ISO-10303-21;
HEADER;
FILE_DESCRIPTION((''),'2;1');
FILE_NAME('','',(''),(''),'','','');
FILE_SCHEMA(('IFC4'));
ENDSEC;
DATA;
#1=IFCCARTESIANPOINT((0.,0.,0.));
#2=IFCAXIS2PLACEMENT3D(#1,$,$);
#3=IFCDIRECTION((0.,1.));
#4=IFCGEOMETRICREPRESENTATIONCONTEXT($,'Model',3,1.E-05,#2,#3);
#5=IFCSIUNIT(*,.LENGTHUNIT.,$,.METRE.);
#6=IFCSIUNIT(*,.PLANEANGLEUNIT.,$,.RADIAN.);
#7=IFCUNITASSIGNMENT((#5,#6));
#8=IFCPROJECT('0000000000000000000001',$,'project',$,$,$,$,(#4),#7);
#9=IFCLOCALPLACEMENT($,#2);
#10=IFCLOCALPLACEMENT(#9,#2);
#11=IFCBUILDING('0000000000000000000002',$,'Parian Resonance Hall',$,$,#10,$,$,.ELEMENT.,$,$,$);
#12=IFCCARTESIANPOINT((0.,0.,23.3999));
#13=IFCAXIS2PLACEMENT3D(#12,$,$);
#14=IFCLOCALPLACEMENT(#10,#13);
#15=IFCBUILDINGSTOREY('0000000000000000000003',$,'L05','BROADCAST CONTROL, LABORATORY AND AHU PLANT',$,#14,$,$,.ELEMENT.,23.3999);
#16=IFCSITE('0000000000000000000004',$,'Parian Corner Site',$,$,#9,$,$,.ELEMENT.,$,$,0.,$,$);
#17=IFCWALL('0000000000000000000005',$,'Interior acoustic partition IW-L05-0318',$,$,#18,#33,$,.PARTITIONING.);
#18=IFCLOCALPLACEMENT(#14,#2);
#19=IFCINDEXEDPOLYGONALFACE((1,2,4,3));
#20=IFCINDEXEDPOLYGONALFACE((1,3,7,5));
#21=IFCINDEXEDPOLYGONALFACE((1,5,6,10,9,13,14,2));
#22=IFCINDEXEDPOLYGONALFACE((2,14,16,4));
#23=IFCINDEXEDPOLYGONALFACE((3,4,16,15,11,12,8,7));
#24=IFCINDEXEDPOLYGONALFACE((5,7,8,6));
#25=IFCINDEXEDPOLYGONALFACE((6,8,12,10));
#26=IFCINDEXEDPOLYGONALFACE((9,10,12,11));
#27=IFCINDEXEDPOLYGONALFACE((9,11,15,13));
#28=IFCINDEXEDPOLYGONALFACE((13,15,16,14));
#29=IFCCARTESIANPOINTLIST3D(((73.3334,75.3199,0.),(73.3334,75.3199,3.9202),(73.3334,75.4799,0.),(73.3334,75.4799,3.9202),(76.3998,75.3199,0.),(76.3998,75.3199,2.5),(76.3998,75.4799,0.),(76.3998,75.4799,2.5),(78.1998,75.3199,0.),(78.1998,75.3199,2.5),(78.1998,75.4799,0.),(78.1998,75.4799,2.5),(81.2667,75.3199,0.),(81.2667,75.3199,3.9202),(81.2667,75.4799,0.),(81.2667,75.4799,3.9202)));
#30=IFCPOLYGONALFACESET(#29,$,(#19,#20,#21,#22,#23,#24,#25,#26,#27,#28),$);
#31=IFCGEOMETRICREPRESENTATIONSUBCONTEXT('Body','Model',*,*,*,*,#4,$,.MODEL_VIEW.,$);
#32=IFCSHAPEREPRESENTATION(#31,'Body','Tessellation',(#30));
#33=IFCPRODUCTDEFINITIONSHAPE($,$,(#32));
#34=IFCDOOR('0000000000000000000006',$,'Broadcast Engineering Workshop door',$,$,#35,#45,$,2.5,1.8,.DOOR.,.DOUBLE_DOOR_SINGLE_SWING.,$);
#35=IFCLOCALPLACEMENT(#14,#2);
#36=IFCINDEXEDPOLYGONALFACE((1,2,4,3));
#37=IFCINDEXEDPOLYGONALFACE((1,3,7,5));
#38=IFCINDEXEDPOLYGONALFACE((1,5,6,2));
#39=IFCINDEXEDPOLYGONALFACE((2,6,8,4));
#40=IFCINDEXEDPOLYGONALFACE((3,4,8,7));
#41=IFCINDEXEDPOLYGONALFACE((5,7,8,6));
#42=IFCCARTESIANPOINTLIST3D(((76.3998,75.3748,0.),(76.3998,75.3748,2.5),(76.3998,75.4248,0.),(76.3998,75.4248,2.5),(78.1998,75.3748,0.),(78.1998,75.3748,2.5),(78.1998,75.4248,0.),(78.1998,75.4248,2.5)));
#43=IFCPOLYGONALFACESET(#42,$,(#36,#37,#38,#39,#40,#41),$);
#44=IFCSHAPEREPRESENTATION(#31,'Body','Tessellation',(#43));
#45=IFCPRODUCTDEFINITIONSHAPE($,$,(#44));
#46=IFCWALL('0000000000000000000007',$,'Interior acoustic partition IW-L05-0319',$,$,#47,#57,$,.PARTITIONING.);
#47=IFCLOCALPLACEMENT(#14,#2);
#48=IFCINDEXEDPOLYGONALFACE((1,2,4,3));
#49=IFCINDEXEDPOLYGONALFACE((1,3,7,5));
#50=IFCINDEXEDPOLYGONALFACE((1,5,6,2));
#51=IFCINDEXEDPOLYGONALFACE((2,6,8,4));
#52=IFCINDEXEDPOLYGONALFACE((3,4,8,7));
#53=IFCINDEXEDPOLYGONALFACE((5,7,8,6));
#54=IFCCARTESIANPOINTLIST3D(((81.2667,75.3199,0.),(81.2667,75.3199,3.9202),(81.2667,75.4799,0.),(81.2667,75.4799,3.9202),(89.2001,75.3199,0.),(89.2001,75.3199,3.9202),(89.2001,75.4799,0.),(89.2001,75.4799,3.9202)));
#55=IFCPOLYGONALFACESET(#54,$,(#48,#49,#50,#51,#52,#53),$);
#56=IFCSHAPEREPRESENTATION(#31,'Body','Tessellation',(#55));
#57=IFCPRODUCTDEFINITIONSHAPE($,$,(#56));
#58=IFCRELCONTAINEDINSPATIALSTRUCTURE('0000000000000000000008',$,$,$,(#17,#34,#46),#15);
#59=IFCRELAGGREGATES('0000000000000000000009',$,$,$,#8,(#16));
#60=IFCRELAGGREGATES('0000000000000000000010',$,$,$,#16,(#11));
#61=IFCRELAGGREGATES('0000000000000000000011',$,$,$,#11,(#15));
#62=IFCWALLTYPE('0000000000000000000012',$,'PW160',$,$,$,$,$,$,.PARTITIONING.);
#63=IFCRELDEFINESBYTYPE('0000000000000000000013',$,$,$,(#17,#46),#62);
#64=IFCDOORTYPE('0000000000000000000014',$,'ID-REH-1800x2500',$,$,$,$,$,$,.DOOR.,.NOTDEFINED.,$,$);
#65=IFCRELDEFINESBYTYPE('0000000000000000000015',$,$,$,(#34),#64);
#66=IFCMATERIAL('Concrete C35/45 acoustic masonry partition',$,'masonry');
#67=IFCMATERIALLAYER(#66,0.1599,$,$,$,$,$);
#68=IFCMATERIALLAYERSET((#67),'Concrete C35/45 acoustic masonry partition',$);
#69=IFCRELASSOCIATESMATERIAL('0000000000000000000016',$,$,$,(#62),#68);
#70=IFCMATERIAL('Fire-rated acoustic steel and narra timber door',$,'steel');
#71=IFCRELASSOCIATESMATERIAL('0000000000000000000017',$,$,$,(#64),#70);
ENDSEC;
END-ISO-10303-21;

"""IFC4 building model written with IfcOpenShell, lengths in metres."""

from ifc_helpers import new_model, si_unit, direction, frame, frame_2d, origin, place, context, subcontext, project, spatial, rectangle, extrude, material, layer, layer_set, type_object, element, fill, save


model = new_model("IFC4")

# Units and contexts
model_context = context("Model", 3, precision=1e-05, world=origin(), true_north=direction((0.0, 1.0)))
body_context = subcontext(model_context, "Body", "Model", "MODEL_VIEW")
ifc_project = project(units=[si_unit("LENGTHUNIT", "METRE"), si_unit("PLANEANGLEUNIT", "RADIAN")], contexts=[model_context])

# Site, building, storey
site_placement = place(None, origin())
site = spatial("IfcSite", under=ifc_project, at=site_placement, Name="Parian Corner Site", CompositionType="ELEMENT", RefElevation=0.0)
building_placement = place(site_placement, origin())
building = spatial("IfcBuilding", under=site, at=building_placement, Name="Parian Resonance Hall", CompositionType="ELEMENT")
storey_placement = place(building_placement, frame((0.0, 0.0, 23.3999)))
storey = spatial("IfcBuildingStorey", under=building, at=storey_placement, Name="L05", Description="BROADCAST CONTROL, LABORATORY AND AHU PLANT", CompositionType="ELEMENT", Elevation=23.3999)

# Shared definitions
ifc_material_1 = material(Name="Concrete C35/45 acoustic masonry partition", Category="masonry")
ifc_layer_1 = layer(ifc_material_1, 0.1599)
ifc_layer_set_1 = layer_set([ifc_layer_1], Name="Concrete C35/45 acoustic masonry partition")
wall_type_1 = type_object("IfcWallType", Name="PW160", PredefinedType="PARTITIONING", material=ifc_layer_set_1)

# Wall, opening, door
wall_1_placement = place(storey_placement, frame((73.3333, 75.3999, 0.0), z_axis=(0.0, 0.0, 1.0), x_axis=(1.0, 0.0, 0.0)))
wall_1 = element("IfcWall", 1, at=wall_1_placement, inside=storey, type_object=wall_type_1, Name="Interior acoustic partition IW-L05-0318", PredefinedType="PARTITIONING", context=body_context, shape_type="SweptSolid", body=[
    extrude(rectangle(XDim=7.9333, YDim=0.1599, at=frame_2d((3.9668, 0.0))), origin(), (0.0, 0.0, 1.0), 3.9202),
])
opening_1_placement = place(wall_1_placement, frame((3.0667, 0.0, 0.0)))
opening_1 = element("IfcOpeningElement", 2, at=opening_1_placement, cuts=wall_1, PredefinedType="OPENING", context=body_context, shape_type="SweptSolid", body=[
    extrude(rectangle(XDim=1.8, YDim=2.5, at=frame_2d((0.8999, 1.25))), frame((0.0, 0.0898, 0.0), z_axis=(0.0, -1.0, 0.0), x_axis=(1.0, 0.0, 0.0)), (0.0, 0.0, 1.0), 0.1799),
])
ifc_material_2 = material(Name="Fire-rated acoustic steel and narra timber door", Category="steel")
door_type = type_object("IfcDoorType", Name="ID-REH-1800x2500", OperationType="NOTDEFINED", PredefinedType="DOOR", material=ifc_material_2)
door_placement = place(opening_1_placement, origin())
door = element("IfcDoor", 3, at=door_placement, inside=storey, type_object=door_type, Name="Broadcast Engineering Workshop door", OperationType="DOUBLE_DOOR_SINGLE_SWING", OverallHeight=2.5, OverallWidth=1.8, PredefinedType="DOOR", context=body_context, shape_type="SweptSolid", body=[
    extrude(rectangle(XDim=1.8, YDim=2.5, at=frame_2d((0.8999, 1.25))), frame((0.0, 0.0249, 0.0), z_axis=(0.0, -1.0, 0.0), x_axis=(1.0, 0.0, 0.0)), (0.0, 0.0, 1.0), 0.05),
])
fill(opening_1, door)

# Wall
wall_2_placement = place(storey_placement, frame((81.2666, 75.3999, 0.0), z_axis=(0.0, 0.0, 1.0), x_axis=(1.0, 0.0, 0.0)))
element("IfcWall", 4, at=wall_2_placement, inside=storey, type_object=wall_type_1, Name="Interior acoustic partition IW-L05-0319", PredefinedType="PARTITIONING", context=body_context, shape_type="SweptSolid", body=[
    extrude(rectangle(XDim=7.9333, YDim=0.1599, at=frame_2d((3.9668, 0.0))), origin(), (0.0, 0.0, 1.0), 3.9202),
])

save(model, "model.ifc")
